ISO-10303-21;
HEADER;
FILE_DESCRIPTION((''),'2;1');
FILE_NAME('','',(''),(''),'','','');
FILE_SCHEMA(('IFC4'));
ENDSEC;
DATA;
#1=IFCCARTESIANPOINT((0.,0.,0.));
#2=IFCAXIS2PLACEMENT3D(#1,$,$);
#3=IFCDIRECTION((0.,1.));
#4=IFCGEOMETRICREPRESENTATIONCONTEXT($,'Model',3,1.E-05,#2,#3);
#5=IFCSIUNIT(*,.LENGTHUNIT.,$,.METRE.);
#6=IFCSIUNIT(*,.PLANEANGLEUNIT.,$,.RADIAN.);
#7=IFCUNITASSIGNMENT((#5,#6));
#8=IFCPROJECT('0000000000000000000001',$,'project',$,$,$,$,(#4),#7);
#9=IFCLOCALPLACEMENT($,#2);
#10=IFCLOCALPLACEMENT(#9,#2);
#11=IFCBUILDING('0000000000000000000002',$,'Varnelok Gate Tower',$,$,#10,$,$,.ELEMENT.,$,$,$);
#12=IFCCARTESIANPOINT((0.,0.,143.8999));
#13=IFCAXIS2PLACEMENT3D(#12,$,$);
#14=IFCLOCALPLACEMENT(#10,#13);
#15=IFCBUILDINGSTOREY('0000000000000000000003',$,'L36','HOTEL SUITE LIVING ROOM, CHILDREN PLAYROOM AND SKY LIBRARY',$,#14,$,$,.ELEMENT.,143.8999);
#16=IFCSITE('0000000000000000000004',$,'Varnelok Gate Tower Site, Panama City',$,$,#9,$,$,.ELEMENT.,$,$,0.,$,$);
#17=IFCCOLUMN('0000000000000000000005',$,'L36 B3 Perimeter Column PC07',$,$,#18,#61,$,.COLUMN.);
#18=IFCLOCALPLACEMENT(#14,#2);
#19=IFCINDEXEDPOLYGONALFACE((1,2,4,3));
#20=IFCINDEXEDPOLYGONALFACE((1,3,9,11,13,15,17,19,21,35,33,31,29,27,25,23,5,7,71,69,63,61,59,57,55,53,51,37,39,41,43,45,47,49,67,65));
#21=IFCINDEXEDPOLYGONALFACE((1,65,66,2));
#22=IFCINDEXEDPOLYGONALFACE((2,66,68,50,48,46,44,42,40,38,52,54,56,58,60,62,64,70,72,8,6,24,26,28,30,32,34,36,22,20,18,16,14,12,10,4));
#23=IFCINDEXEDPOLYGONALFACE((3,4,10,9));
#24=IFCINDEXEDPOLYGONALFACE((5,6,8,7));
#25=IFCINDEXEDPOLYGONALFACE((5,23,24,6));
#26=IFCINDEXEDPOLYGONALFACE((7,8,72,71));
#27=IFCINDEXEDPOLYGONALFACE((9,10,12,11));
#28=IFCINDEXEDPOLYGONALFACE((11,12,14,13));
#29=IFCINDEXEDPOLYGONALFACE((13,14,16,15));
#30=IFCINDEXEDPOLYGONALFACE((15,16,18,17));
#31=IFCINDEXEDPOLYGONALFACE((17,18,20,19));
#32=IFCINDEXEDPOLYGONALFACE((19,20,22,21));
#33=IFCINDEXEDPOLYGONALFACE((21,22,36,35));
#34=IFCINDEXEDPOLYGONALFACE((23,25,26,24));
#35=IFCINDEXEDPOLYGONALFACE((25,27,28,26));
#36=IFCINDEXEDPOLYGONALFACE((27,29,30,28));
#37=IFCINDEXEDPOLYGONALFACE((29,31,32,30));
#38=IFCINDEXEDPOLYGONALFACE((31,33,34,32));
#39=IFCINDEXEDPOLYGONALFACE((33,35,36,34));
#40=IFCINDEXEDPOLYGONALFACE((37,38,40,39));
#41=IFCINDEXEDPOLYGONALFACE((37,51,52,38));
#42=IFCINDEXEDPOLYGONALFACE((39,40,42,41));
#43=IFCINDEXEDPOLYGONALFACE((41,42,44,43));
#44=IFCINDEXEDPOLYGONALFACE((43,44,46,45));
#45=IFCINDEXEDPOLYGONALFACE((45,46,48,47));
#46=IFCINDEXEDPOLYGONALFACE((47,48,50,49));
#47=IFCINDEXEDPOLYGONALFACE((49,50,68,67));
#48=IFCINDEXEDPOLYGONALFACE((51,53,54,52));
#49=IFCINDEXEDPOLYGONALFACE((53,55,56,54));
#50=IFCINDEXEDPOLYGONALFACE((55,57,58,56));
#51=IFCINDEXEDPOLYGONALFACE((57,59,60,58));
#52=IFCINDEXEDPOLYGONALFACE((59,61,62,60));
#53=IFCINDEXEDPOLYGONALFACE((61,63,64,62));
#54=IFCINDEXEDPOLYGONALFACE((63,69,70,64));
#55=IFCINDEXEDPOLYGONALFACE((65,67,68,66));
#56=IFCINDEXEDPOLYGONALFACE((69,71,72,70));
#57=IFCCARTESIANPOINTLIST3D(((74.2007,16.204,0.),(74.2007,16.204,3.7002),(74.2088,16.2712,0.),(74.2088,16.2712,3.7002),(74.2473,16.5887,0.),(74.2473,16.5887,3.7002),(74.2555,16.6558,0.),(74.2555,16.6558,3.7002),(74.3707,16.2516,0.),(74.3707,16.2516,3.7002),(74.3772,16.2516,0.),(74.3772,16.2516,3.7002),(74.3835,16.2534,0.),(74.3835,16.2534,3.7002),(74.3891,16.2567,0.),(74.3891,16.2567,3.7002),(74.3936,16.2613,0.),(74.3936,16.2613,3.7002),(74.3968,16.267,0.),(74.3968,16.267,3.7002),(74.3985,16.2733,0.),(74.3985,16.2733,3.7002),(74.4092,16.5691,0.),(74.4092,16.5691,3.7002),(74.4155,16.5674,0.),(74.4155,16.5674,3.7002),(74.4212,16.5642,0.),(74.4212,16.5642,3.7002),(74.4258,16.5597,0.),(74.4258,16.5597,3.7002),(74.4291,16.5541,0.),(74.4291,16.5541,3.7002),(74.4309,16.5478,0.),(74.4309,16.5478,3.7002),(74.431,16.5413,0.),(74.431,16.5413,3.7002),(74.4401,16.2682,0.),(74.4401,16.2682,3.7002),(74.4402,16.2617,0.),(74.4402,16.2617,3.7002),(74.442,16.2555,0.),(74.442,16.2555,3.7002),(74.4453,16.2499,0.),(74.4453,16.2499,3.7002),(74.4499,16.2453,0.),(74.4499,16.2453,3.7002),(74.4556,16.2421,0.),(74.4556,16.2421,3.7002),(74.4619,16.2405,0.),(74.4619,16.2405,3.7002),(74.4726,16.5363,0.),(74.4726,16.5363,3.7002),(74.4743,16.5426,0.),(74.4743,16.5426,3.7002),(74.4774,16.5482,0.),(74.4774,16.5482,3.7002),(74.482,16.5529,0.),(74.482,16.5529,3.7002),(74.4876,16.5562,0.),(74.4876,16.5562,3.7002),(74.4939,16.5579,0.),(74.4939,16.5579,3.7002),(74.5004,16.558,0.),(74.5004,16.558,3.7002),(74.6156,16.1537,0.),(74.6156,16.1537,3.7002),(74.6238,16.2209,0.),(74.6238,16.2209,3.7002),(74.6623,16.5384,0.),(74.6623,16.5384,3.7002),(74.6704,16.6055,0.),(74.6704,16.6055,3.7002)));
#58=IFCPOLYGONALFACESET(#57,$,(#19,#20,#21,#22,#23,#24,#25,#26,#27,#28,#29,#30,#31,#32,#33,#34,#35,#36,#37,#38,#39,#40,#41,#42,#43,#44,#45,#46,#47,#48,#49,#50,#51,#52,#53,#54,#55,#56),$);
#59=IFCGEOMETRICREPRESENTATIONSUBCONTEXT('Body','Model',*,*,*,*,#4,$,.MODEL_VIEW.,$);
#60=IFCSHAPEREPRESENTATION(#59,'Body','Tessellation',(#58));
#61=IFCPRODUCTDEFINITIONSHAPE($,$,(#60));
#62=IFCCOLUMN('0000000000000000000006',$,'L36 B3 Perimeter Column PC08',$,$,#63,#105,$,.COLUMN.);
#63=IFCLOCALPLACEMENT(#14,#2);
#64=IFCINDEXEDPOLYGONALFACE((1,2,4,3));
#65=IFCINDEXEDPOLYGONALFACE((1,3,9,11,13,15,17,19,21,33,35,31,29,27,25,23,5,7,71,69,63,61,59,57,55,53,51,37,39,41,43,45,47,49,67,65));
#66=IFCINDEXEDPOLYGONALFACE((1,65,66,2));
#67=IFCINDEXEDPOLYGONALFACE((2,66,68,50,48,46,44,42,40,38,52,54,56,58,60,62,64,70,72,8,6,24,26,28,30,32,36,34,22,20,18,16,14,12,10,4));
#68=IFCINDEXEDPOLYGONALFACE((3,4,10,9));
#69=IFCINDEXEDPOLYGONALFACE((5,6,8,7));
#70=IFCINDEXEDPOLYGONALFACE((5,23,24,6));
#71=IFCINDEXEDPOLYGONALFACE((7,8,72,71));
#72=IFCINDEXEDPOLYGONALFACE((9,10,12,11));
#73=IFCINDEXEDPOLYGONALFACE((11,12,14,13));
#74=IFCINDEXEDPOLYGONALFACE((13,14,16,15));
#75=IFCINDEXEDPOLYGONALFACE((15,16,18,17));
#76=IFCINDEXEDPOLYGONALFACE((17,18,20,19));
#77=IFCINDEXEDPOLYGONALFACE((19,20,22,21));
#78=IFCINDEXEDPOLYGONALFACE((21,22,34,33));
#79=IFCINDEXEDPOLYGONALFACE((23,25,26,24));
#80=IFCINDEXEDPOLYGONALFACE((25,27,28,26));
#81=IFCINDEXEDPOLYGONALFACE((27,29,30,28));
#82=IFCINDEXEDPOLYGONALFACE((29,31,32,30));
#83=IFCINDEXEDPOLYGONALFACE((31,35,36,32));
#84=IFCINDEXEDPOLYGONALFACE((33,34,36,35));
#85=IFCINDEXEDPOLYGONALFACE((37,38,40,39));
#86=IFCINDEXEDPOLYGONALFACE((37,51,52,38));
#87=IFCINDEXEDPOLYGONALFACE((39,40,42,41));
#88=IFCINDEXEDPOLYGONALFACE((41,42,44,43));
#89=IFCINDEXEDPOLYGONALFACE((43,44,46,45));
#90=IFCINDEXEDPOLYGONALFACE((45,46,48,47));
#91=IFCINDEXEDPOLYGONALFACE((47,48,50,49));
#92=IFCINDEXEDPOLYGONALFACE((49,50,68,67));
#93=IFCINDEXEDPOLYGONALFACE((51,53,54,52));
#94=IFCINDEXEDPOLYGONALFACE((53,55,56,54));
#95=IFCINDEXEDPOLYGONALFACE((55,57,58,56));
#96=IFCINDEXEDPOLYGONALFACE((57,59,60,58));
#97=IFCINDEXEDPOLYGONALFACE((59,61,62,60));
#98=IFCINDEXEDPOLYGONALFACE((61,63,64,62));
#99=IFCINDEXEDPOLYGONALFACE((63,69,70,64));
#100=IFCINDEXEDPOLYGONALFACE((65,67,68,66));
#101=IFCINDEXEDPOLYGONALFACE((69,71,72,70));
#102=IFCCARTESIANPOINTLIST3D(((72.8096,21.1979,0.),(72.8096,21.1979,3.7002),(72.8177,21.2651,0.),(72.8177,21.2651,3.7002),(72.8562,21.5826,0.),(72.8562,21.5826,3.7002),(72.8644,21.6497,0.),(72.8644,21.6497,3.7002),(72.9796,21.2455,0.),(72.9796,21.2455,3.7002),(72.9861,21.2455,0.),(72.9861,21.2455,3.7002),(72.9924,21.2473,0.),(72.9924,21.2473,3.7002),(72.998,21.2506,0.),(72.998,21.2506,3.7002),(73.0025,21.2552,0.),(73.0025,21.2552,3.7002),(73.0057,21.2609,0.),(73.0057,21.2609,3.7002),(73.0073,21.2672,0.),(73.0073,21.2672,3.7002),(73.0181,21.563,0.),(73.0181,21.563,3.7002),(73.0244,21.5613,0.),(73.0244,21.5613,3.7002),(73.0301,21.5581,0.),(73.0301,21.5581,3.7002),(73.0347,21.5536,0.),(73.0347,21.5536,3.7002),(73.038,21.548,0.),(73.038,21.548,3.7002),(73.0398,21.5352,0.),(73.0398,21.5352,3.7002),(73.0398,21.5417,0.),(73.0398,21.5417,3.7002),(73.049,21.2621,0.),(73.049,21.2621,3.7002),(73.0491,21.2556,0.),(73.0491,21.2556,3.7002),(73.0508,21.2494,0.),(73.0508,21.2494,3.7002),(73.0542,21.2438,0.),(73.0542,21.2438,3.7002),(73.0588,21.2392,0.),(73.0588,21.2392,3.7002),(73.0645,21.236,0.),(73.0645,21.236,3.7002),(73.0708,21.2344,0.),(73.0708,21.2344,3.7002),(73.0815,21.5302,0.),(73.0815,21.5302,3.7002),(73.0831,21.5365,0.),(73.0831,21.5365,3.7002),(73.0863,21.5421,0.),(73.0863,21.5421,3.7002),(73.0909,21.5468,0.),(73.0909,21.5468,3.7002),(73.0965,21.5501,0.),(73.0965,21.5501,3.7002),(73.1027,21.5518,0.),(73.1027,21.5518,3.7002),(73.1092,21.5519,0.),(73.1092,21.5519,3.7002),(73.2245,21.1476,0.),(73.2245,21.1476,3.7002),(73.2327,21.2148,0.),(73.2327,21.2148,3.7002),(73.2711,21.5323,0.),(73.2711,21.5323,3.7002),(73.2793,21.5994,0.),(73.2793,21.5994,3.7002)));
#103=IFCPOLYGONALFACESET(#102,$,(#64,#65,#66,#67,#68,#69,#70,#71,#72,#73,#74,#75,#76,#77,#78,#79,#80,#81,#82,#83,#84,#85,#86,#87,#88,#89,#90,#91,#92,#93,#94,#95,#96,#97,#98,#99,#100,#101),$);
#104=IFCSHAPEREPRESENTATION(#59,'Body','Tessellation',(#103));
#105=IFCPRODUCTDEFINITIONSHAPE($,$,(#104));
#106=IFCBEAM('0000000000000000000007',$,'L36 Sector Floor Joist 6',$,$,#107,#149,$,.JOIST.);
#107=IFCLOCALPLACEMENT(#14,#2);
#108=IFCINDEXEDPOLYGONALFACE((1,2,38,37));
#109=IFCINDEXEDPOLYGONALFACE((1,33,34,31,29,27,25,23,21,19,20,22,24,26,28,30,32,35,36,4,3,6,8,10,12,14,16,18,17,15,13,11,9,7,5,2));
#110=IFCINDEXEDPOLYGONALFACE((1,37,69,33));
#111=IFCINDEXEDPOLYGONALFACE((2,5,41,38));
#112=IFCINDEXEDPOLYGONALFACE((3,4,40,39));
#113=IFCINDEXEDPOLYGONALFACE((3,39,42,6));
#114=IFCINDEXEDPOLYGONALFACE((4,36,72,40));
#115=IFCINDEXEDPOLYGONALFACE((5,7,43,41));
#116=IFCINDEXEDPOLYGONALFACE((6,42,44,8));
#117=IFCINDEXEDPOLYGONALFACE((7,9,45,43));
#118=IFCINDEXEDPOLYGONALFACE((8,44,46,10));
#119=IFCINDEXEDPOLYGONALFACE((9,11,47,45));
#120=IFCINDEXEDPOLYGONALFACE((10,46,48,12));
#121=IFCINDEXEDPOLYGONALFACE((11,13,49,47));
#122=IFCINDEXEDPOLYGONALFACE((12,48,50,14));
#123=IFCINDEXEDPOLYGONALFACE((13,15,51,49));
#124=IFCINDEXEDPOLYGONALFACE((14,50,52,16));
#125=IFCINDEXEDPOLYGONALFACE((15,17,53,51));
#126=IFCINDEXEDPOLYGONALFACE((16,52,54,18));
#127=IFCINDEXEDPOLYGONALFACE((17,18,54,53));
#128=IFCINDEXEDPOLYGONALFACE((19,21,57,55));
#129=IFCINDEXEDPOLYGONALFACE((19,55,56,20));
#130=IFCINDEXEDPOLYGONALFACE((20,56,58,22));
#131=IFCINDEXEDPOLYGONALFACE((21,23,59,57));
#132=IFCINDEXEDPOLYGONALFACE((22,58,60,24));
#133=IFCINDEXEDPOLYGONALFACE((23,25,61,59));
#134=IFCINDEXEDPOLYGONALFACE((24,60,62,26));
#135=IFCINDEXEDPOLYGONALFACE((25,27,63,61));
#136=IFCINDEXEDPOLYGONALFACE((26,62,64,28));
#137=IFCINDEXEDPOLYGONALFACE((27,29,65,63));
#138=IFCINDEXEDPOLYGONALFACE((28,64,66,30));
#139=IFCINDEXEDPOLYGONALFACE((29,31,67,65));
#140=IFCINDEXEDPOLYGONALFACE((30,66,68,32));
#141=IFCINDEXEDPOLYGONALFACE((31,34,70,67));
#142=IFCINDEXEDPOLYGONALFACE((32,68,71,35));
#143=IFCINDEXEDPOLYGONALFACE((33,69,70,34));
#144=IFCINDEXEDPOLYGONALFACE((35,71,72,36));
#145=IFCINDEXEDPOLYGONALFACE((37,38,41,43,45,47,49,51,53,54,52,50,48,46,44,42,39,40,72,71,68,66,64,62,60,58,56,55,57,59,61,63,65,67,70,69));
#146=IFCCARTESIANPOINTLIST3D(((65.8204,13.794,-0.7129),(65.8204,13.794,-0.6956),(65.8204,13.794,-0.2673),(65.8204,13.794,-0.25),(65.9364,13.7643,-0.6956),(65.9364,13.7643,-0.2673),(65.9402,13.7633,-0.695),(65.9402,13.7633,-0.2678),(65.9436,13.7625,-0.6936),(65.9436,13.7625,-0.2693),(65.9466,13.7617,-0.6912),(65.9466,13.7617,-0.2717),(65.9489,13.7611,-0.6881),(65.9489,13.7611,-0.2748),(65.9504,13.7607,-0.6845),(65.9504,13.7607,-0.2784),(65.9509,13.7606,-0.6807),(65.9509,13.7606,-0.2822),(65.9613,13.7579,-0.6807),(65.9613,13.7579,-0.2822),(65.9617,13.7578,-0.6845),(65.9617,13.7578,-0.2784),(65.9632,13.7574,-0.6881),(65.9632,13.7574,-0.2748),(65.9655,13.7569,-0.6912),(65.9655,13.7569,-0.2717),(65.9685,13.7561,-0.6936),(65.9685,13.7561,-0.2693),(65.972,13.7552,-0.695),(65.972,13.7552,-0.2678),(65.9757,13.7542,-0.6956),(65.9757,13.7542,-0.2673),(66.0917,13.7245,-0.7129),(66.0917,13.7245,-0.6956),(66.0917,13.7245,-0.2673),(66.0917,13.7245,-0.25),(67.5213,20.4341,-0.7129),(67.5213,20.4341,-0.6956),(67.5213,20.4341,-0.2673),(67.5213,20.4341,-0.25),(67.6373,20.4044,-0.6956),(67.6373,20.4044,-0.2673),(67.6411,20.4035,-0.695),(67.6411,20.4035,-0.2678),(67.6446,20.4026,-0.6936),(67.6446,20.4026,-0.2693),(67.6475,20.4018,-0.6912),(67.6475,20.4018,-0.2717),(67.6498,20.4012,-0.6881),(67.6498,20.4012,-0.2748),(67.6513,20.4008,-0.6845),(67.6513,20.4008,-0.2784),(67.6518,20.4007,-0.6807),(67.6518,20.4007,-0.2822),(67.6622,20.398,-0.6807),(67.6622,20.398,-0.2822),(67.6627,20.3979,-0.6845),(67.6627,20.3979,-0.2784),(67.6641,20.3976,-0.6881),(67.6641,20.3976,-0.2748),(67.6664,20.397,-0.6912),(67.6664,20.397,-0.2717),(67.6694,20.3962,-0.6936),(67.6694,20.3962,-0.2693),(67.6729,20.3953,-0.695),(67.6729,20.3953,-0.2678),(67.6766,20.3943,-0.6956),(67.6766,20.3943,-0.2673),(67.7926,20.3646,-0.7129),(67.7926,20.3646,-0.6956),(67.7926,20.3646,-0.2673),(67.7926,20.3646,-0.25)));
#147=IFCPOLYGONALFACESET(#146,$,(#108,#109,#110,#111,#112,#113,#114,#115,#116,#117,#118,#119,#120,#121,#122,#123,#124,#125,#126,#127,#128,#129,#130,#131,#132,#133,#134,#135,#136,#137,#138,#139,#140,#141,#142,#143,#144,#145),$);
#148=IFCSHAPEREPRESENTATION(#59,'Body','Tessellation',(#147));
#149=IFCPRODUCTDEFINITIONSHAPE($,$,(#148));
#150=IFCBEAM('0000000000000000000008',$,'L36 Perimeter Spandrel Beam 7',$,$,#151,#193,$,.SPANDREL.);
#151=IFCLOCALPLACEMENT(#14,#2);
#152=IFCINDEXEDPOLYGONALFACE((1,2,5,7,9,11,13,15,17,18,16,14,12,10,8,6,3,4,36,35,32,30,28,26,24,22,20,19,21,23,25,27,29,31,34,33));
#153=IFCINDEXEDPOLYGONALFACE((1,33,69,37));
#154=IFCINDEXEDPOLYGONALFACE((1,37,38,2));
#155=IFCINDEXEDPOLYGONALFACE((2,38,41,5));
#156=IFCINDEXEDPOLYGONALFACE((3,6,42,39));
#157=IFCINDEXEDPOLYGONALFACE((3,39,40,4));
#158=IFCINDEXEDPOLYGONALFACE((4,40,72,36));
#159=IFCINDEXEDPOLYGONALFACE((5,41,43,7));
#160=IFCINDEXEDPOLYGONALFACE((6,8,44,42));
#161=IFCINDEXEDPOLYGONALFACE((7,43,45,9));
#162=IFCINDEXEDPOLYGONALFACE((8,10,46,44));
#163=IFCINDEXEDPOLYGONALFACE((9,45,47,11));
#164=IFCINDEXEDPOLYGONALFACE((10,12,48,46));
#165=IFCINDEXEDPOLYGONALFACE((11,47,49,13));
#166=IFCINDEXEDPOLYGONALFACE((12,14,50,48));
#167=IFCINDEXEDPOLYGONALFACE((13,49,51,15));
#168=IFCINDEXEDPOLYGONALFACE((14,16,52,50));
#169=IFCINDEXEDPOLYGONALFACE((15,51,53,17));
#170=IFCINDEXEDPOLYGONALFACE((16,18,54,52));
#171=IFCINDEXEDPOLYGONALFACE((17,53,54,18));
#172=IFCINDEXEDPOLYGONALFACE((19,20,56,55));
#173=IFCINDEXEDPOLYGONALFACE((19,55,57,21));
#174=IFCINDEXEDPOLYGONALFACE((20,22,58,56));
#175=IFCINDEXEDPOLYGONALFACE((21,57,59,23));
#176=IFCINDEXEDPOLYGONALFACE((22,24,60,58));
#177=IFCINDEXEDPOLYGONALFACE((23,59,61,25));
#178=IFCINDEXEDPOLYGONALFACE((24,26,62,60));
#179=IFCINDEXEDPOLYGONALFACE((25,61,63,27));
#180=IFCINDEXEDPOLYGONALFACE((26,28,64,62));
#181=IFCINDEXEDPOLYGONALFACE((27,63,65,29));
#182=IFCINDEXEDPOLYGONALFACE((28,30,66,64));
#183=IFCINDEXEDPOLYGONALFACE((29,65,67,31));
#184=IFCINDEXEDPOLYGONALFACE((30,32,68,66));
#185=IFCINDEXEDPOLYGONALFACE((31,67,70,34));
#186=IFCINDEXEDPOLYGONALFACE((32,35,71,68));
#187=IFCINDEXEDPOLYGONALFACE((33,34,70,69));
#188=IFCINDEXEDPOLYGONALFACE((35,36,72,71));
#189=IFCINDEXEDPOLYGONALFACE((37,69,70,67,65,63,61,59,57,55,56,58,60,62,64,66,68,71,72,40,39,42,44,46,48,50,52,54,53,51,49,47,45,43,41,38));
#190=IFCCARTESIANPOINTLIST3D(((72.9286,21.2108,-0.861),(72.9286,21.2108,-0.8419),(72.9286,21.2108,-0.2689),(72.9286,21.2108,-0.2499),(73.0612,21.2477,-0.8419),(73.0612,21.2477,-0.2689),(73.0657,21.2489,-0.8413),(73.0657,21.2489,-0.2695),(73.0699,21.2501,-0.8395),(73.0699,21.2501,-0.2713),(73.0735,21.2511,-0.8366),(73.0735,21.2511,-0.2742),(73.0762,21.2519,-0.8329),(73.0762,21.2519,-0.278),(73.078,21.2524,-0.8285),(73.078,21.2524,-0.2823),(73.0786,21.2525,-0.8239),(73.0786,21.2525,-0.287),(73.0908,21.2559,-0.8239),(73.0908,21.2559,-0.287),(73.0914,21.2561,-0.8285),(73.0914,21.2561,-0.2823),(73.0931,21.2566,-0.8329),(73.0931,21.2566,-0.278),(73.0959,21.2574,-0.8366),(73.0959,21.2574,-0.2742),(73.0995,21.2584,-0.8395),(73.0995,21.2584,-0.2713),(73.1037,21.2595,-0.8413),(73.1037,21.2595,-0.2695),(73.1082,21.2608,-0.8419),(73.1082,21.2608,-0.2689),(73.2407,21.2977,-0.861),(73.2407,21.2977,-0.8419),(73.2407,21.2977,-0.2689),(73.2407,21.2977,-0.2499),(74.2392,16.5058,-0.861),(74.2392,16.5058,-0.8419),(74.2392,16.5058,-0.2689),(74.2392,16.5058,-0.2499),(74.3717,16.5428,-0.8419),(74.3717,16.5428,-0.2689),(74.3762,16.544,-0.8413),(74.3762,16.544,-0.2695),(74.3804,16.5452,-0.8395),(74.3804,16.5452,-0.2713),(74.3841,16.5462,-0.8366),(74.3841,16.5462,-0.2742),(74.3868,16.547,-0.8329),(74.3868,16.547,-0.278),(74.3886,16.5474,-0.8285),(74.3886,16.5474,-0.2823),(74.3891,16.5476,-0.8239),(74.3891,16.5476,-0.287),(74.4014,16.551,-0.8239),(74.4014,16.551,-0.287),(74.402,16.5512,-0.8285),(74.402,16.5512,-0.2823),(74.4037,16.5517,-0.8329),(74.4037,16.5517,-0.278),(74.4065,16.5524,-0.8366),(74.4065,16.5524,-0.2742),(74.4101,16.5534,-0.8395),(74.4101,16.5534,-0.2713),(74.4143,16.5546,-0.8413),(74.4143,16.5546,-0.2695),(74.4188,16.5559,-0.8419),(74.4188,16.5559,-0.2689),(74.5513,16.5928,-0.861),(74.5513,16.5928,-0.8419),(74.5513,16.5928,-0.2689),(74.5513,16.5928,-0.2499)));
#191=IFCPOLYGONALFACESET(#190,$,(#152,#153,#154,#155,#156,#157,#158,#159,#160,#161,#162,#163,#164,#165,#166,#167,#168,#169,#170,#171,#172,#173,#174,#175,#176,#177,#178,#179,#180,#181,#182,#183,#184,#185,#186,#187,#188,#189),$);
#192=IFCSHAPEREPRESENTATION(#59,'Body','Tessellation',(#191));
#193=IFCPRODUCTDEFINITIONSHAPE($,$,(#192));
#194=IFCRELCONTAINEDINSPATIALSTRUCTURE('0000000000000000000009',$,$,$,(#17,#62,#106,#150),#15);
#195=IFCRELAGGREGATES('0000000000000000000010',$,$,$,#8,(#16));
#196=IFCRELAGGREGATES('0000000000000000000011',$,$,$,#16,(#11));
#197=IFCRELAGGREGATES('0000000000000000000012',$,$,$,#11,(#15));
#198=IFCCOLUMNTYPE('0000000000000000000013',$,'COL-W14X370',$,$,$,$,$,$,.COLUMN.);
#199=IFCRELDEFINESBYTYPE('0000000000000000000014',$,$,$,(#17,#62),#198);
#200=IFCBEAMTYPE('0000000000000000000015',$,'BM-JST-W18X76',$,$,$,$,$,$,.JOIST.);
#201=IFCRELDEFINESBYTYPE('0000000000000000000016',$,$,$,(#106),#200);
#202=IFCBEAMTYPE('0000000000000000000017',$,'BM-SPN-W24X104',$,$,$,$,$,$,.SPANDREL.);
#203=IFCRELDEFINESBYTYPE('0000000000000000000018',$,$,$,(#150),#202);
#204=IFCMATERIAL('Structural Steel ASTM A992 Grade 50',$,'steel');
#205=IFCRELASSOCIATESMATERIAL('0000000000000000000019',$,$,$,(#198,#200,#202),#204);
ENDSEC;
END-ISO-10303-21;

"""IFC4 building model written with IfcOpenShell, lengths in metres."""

from ifc_helpers import new_model, si_unit, direction, frame, origin, origin_2d, place, context, subcontext, project, spatial, i_section, extrude, material, material_profile, profile_set, type_object, element, save


model = new_model("IFC4")

# Units and contexts
model_context = context("Model", 3, precision=1e-05, world=origin(), true_north=direction((0.0, 1.0)))
body_context = subcontext(model_context, "Body", "Model", "MODEL_VIEW")
ifc_project = project(units=[si_unit("LENGTHUNIT", "METRE"), si_unit("PLANEANGLEUNIT", "RADIAN")], contexts=[model_context])

# Site, building, storey
site_placement = place(None, origin())
site = spatial("IfcSite", under=ifc_project, at=site_placement, Name="Varnelok Gate Tower Site, Panama City", CompositionType="ELEMENT", RefElevation=0.0)
building_placement = place(site_placement, origin())
building = spatial("IfcBuilding", under=site, at=building_placement, Name="Varnelok Gate Tower", CompositionType="ELEMENT")
storey_placement = place(building_placement, frame((0.0, 0.0, 143.8999)))
storey = spatial("IfcBuildingStorey", under=building, at=storey_placement, Name="L36", Description="HOTEL SUITE LIVING ROOM, CHILDREN PLAYROOM AND SKY LIBRARY", CompositionType="ELEMENT", Elevation=143.8999)

# Columns
ifc_material_1 = material(Name="Structural Steel ASTM A992 Grade 50", Category="steel")
ifc_material_profile_1 = material_profile(ifc_material_1, i_section(OverallWidth=0.418, OverallDepth=0.4551, WebThickness=0.042, FlangeThickness=0.0676, FilletRadius=0.0249, at=origin_2d()), Name="W14X370")
ifc_profile_set_1 = profile_set([ifc_material_profile_1], Name="Structural Steel ASTM A992 Grade 50")
column_type = type_object("IfcColumnType", Name="COL-W14X370", PredefinedType="COLUMN", material=ifc_profile_set_1)
for number, where, z_axis, x_axis, name in (
    (1, (74.4355, 16.4048, 0.0), (0.0, 0.0, 1.0), (0.992732, -0.120345, 0.0), "L36 B3 Perimeter Column PC07"),
    (2, (73.0444, 21.3987, 0.0), (0.0, 0.0, 1.0), (0.992732, -0.120345, 0.0), "L36 B3 Perimeter Column PC08"),
):
    element("IfcColumn", number, at=place(storey_placement, frame(where, z_axis=z_axis, x_axis=x_axis)), inside=storey, type_object=column_type, Name=name, PredefinedType="COLUMN", context=body_context, shape_type="SweptSolid", body=[
        extrude(i_section(OverallWidth=0.418, OverallDepth=0.4551, WebThickness=0.042, FlangeThickness=0.0676, FilletRadius=0.0249, at=origin_2d()), origin(), (0.0, 0.0, 1.0), 3.7002),
    ])

# Beams
ifc_material_profile_2 = material_profile(ifc_material_1, i_section(OverallWidth=0.28, OverallDepth=0.4629, WebThickness=0.0107, FlangeThickness=0.0173, FilletRadius=0.0149, at=origin_2d()), Name="W18X76")
ifc_profile_set_2 = profile_set([ifc_material_profile_2], Name="Structural Steel ASTM A992 Grade 50")
beam_type_1 = type_object("IfcBeamType", Name="BM-JST-W18X76", PredefinedType="JOIST", material=ifc_profile_set_2)
beam_1_placement = place(storey_placement, frame((65.9561, 13.7593, -0.4814), z_axis=(0.248147, 0.968723, 0.0), x_axis=(-0.968723, 0.248147, 0.0)))
element("IfcBeam", 3, at=beam_1_placement, inside=storey, type_object=beam_type_1, Name="L36 Sector Floor Joist 6", PredefinedType="JOIST", context=body_context, shape_type="SweptSolid", body=[
    extrude(i_section(OverallWidth=0.28, OverallDepth=0.4629, WebThickness=0.0107, FlangeThickness=0.0173, FilletRadius=0.0149, at=origin_2d()), origin(), (0.0, 0.0, 1.0), 6.8545),
])
ifc_material_profile_3 = material_profile(ifc_material_1, i_section(OverallWidth=0.324, OverallDepth=0.6111, WebThickness=0.0127, FlangeThickness=0.019, FilletRadius=0.0181, at=origin_2d()), Name="W24X104")
ifc_profile_set_3 = profile_set([ifc_material_profile_3], Name="Structural Steel ASTM A992 Grade 50")
beam_type_2 = type_object("IfcBeamType", Name="BM-SPN-W24X104", PredefinedType="SPANDREL", material=ifc_profile_set_3)
beam_2_placement = place(storey_placement, frame((74.3953, 16.5493, -0.5554), z_axis=(-0.268337, 0.963325, 0.0), x_axis=(-0.963325, -0.268337, 0.0)))
element("IfcBeam", 4, at=beam_2_placement, inside=storey, type_object=beam_type_2, Name="L36 Perimeter Spandrel Beam 7", PredefinedType="SPANDREL", context=body_context, shape_type="SweptSolid", body=[
    extrude(i_section(OverallWidth=0.324, OverallDepth=0.6111, WebThickness=0.0127, FlangeThickness=0.019, FilletRadius=0.0181, at=origin_2d()), origin(), (0.0, 0.0, 1.0), 4.884),
])

save(model, "model.ifc")
